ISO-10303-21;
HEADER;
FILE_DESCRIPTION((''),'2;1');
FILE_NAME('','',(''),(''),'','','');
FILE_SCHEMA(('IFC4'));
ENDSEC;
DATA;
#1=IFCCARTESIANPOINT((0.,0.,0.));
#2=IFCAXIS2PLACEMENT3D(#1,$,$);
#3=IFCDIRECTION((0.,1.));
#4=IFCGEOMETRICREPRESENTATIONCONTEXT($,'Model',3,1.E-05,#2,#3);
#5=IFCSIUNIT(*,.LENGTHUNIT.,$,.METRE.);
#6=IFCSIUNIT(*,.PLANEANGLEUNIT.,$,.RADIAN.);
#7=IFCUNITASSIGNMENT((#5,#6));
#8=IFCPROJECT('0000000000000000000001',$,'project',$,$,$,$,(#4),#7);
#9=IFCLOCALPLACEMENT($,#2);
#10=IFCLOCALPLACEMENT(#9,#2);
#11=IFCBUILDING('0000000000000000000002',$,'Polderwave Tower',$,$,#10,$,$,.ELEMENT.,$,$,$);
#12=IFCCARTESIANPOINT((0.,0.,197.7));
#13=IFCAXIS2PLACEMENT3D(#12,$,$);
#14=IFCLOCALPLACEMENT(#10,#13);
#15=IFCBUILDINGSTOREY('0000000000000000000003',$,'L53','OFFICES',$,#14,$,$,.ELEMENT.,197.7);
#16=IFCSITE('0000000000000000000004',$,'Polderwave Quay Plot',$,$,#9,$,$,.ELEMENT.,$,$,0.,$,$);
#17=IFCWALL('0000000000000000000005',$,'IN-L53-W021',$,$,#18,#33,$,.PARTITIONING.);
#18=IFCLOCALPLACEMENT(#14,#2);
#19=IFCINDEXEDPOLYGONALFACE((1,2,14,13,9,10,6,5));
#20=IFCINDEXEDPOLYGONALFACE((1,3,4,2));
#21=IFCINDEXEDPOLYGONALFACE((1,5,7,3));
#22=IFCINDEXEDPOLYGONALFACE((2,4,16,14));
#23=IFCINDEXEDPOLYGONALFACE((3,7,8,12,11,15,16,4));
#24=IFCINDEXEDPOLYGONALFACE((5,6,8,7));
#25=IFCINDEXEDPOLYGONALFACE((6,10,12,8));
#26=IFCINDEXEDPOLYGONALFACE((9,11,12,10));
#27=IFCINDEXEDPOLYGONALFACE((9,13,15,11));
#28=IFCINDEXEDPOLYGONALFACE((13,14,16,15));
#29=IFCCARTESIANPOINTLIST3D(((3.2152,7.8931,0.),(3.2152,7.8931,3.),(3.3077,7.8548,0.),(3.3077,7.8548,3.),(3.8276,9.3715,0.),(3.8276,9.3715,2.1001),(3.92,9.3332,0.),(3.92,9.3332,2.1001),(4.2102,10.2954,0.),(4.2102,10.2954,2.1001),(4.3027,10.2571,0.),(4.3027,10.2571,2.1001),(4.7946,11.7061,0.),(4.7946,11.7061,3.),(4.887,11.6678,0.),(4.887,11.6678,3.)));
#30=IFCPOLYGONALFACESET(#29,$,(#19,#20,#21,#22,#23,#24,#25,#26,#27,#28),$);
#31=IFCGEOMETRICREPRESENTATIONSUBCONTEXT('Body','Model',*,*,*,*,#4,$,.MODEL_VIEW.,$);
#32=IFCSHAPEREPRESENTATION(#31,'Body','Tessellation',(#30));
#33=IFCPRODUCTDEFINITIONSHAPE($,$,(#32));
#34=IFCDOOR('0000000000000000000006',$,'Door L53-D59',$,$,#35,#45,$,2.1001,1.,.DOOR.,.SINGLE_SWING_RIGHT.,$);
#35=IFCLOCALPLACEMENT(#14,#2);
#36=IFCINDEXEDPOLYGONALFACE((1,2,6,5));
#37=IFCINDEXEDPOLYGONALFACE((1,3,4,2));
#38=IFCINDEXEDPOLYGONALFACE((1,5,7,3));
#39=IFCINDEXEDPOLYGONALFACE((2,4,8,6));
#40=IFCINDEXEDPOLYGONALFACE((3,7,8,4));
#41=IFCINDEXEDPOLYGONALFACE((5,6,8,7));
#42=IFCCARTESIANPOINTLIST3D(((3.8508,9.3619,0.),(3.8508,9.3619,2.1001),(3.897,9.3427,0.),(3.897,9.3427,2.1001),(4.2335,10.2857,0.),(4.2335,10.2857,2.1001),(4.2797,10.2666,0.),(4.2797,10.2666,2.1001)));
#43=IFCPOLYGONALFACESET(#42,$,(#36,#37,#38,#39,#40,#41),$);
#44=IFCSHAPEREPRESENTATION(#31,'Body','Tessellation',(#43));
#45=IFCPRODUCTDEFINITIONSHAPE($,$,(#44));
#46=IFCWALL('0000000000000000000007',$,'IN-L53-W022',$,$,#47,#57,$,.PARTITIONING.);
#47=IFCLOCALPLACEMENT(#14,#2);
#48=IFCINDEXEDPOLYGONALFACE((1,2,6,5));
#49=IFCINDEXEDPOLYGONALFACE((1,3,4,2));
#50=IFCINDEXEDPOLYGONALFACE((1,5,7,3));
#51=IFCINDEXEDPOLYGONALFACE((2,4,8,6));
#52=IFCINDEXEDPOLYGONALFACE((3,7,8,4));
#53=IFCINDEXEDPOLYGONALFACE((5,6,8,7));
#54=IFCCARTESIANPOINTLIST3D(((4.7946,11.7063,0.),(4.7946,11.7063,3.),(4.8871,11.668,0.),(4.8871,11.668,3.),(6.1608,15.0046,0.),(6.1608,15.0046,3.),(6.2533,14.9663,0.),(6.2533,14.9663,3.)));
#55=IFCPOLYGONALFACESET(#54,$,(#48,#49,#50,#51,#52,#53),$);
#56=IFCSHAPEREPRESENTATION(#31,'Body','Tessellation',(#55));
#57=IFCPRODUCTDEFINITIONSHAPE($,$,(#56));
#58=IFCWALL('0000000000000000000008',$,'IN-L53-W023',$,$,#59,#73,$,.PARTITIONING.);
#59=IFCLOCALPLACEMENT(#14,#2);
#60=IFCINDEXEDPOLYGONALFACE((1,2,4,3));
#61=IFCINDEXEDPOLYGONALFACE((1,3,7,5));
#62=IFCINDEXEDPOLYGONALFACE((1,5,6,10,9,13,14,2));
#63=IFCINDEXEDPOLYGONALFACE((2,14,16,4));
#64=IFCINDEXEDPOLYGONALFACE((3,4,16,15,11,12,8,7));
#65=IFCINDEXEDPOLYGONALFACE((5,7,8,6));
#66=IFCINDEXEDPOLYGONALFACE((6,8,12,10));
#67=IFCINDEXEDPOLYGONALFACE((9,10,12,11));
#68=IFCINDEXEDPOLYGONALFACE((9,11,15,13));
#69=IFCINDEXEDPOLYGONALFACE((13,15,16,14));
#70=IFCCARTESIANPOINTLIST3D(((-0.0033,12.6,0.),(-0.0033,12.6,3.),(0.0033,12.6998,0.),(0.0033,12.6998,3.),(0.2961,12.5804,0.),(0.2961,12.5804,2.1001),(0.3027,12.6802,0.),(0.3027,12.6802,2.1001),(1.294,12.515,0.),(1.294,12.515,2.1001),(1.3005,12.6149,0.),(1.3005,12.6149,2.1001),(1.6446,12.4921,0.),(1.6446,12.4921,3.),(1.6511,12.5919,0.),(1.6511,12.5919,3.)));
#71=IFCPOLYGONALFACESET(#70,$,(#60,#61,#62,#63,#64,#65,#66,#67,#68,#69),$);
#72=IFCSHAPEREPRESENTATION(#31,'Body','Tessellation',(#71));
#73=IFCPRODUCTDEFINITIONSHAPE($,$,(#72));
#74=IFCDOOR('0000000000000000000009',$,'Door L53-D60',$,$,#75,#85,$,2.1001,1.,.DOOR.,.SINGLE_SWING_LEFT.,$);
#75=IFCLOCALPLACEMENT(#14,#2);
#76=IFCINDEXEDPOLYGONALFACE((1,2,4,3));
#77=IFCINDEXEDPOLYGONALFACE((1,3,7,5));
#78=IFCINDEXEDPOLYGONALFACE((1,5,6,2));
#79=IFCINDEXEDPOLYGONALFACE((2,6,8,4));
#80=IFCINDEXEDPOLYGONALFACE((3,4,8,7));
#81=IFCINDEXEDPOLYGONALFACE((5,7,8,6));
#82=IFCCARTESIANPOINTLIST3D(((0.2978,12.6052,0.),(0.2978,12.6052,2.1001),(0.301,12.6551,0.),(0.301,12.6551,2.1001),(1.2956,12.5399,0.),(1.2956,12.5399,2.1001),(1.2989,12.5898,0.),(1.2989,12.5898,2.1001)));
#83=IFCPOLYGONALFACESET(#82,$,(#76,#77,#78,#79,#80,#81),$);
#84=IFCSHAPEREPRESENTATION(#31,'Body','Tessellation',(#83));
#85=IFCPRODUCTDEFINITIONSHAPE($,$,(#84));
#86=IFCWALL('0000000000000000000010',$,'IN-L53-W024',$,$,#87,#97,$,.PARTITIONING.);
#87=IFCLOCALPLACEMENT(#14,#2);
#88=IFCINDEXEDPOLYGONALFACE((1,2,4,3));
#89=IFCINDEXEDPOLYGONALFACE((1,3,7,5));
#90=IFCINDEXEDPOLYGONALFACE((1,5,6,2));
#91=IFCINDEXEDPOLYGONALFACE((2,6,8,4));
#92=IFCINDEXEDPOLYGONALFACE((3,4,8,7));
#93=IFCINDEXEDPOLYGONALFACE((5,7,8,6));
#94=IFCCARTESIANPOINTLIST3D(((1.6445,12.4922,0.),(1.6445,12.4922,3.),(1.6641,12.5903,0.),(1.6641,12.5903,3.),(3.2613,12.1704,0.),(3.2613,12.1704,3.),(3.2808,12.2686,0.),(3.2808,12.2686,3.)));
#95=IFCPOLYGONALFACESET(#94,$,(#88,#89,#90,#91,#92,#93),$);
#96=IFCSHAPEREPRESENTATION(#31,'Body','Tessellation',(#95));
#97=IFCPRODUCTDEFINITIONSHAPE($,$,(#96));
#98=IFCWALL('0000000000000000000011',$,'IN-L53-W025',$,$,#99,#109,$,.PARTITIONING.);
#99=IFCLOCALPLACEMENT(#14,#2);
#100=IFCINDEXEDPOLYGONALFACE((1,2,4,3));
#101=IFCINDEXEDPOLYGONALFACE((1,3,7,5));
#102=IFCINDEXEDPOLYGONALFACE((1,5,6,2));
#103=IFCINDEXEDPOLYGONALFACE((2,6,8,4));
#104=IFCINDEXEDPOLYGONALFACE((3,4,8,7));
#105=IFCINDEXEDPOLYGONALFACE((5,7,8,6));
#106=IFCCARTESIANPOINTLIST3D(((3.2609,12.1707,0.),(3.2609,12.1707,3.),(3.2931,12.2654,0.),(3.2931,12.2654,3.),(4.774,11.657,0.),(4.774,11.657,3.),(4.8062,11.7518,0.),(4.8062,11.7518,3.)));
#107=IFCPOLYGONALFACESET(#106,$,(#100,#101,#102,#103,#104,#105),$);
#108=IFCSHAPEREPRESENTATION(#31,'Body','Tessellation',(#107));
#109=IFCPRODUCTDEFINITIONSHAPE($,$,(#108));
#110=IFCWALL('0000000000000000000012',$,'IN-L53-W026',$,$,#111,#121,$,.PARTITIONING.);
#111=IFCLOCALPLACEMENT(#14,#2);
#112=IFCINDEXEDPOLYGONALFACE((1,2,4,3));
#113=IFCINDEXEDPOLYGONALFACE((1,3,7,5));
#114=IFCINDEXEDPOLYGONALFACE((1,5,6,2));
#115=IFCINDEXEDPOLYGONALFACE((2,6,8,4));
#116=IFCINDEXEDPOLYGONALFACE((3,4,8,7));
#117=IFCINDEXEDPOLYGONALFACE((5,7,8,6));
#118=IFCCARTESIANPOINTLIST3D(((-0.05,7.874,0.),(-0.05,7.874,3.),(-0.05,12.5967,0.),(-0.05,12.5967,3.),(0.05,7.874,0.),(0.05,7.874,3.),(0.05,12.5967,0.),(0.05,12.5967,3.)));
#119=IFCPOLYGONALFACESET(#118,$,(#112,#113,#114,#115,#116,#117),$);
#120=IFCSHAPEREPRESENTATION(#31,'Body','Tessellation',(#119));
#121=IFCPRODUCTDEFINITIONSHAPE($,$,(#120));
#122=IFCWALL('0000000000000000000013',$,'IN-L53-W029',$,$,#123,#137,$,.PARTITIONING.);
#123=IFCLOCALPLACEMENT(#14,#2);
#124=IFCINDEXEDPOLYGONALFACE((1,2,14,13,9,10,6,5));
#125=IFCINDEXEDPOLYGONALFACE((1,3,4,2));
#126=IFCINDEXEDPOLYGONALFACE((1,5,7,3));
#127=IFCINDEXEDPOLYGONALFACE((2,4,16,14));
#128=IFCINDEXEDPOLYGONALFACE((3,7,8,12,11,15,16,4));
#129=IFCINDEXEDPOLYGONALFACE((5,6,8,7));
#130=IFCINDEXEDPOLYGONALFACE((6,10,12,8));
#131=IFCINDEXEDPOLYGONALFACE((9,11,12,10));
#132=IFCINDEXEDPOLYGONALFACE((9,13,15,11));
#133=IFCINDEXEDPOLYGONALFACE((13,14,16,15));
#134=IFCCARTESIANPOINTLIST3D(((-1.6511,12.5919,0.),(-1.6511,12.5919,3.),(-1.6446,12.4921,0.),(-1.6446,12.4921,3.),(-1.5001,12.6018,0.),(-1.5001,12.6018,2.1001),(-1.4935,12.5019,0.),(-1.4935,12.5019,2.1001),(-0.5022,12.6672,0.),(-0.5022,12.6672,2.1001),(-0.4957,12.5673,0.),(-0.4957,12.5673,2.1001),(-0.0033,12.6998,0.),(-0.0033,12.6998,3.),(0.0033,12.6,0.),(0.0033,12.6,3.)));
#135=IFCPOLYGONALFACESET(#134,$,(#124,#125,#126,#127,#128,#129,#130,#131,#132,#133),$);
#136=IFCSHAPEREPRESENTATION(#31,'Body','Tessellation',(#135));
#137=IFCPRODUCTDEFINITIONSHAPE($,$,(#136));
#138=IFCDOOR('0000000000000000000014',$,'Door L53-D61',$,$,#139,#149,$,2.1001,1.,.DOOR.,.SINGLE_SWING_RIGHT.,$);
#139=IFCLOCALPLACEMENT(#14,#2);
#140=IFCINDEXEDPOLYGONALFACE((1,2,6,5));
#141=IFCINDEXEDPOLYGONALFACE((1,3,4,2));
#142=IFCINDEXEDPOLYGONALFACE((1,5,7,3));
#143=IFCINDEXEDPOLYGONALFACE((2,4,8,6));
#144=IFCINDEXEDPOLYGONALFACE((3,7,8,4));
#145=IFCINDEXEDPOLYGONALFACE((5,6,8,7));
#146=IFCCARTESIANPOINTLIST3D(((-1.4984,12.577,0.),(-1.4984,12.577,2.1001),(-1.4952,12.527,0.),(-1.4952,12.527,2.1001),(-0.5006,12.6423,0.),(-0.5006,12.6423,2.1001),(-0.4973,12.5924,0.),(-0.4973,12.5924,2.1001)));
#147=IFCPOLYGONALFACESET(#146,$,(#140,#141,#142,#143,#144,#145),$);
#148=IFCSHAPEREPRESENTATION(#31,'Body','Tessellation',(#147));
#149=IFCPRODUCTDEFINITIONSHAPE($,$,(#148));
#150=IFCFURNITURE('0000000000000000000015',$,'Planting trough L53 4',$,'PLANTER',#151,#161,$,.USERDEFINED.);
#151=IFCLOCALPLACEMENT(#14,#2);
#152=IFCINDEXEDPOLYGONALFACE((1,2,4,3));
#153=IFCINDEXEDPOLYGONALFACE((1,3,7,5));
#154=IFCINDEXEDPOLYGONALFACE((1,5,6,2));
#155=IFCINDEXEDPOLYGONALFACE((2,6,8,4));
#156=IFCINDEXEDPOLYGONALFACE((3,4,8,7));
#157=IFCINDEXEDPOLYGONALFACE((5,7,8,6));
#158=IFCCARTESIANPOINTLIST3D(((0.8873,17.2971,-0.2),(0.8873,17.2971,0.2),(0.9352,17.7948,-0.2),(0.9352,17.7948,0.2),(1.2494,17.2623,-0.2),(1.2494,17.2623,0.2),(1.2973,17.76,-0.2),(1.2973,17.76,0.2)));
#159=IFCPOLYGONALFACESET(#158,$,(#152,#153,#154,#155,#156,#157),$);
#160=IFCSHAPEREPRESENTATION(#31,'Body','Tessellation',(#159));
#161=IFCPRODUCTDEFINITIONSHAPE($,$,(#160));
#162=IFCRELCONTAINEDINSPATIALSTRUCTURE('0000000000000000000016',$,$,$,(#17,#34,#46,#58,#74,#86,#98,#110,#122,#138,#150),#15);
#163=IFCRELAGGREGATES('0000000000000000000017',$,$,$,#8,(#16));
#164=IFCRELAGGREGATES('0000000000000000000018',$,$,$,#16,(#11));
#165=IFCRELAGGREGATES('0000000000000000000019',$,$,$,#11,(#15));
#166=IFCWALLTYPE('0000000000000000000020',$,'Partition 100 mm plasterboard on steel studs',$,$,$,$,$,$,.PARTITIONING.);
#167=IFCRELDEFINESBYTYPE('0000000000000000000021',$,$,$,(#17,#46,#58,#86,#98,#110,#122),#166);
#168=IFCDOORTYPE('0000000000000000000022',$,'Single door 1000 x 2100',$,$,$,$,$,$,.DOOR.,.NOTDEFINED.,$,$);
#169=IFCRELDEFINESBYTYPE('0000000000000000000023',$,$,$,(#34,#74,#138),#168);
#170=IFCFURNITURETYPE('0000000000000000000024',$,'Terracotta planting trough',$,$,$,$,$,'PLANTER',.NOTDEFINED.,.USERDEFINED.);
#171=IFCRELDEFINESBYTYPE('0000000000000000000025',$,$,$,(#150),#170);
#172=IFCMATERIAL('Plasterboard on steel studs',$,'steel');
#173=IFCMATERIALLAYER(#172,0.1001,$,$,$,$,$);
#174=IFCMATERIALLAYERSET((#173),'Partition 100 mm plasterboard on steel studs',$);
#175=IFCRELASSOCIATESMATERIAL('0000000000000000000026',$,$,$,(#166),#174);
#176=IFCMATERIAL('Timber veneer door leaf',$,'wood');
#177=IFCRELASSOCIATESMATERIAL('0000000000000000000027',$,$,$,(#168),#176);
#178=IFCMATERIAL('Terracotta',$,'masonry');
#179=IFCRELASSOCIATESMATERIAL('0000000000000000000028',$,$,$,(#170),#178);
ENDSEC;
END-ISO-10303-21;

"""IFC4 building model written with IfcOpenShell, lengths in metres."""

from ifc_helpers import new_model, si_unit, direction, frame, frame_2d, origin, origin_2d, place, context, subcontext, project, spatial, rectangle, extrude, material, layer, layer_set, type_object, element, fill, save


model = new_model("IFC4")

# Units and contexts
model_context = context("Model", 3, precision=1e-05, world=origin(), true_north=direction((0.0, 1.0)))
body_context = subcontext(model_context, "Body", "Model", "MODEL_VIEW")
ifc_project = project(units=[si_unit("LENGTHUNIT", "METRE"), si_unit("PLANEANGLEUNIT", "RADIAN")], contexts=[model_context])

# Site, building, storey
site_placement = place(None, origin())
site = spatial("IfcSite", under=ifc_project, at=site_placement, Name="Polderwave Quay Plot", CompositionType="ELEMENT", RefElevation=0.0)
building_placement = place(site_placement, origin())
building = spatial("IfcBuilding", under=site, at=building_placement, Name="Polderwave Tower", CompositionType="ELEMENT")
storey_placement = place(building_placement, frame((0.0, 0.0, 197.7)))
storey = spatial("IfcBuildingStorey", under=building, at=storey_placement, Name="L53", Description="OFFICES", CompositionType="ELEMENT", Elevation=197.7)

# Wall, opening, door
ifc_material_1 = material(Name="Plasterboard on steel studs", Category="steel")
ifc_layer_1 = layer(ifc_material_1, 0.1001)
ifc_layer_set_1 = layer_set([ifc_layer_1], Name="Partition 100 mm plasterboard on steel studs")
wall_type_1 = type_object("IfcWallType", Name="Partition 100 mm plasterboard on steel studs", PredefinedType="PARTITIONING", material=ifc_layer_set_1)
wall_1_placement = place(storey_placement, frame((3.2615, 7.874, 0.0), z_axis=(0.0, 0.0, 1.0), x_axis=(0.382674, 0.923883, 0.0)))
wall_1 = element("IfcWall", 1, at=wall_1_placement, inside=storey, type_object=wall_type_1, Name="IN-L53-W021", PredefinedType="PARTITIONING", context=body_context, shape_type="SweptSolid", body=[
    extrude(rectangle(XDim=4.1272, YDim=0.1001, at=frame_2d((2.0635, 0.0))), origin(), (0.0, 0.0, 1.0), 3.0),
])
opening_1_placement = place(wall_1_placement, frame((1.6001, 0.0, 0.0)))
opening_1 = element("IfcOpeningElement", 2, at=opening_1_placement, cuts=wall_1, PredefinedType="OPENING", context=body_context, shape_type="SweptSolid", body=[
    extrude(rectangle(XDim=1.0, YDim=2.1001, at=frame_2d((0.5, 1.05))), frame((0.0, 0.0601, 0.0), z_axis=(0.0, -1.0, 0.0), x_axis=(1.0, 0.0, 0.0)), (0.0, 0.0, 1.0), 0.1201),
])
ifc_material_2 = material(Name="Timber veneer door leaf", Category="wood")
door_type = type_object("IfcDoorType", Name="Single door 1000 x 2100", OperationType="NOTDEFINED", PredefinedType="DOOR", material=ifc_material_2)
door_1_placement = place(opening_1_placement, origin())
door_1 = element("IfcDoor", 3, at=door_1_placement, inside=storey, type_object=door_type, Name="Door L53-D59", OperationType="SINGLE_SWING_RIGHT", OverallHeight=2.1001, OverallWidth=1.0, PredefinedType="DOOR", context=body_context, shape_type="SweptSolid", body=[
    extrude(rectangle(XDim=1.0, YDim=2.1001, at=frame_2d((0.5, 1.05))), frame((0.0, 0.0249, 0.0), z_axis=(0.0, -1.0, 0.0), x_axis=(1.0, 0.0, 0.0)), (0.0, 0.0, 1.0), 0.05),
])
fill(opening_1, door_1)

# Wall
wall_2_placement = place(storey_placement, frame((4.8408, 11.687, 0.0), z_axis=(0.0, 0.0, 1.0), x_axis=(0.382682, 0.92388, 0.0)))
element("IfcWall", 4, at=wall_2_placement, inside=storey, type_object=wall_type_1, Name="IN-L53-W022", PredefinedType="PARTITIONING", context=body_context, shape_type="SweptSolid", body=[
    extrude(rectangle(XDim=3.5701, YDim=0.1001, at=frame_2d((1.7852, 0.0))), origin(), (0.0, 0.0, 1.0), 3.0),
])

# Wall, opening, door
wall_3_placement = place(storey_placement, frame((0.0, 12.6499, 0.0), z_axis=(0.0, 0.0, 1.0), x_axis=(0.997863, -0.065342, 0.0)))
wall_3 = element("IfcWall", 5, at=wall_3_placement, inside=storey, type_object=wall_type_1, Name="IN-L53-W023", PredefinedType="PARTITIONING", context=body_context, shape_type="SweptSolid", body=[
    extrude(rectangle(XDim=1.6514, YDim=0.1001, at=frame_2d((0.8257, 0.0))), origin(), (0.0, 0.0, 1.0), 3.0),
])
opening_2_placement = place(wall_3_placement, frame((0.3, 0.0, 0.0)))
opening_2 = element("IfcOpeningElement", 6, at=opening_2_placement, cuts=wall_3, PredefinedType="OPENING", context=body_context, shape_type="SweptSolid", body=[
    extrude(rectangle(XDim=1.0, YDim=2.1001, at=frame_2d((0.5, 1.05))), frame((0.0, 0.0601, 0.0), z_axis=(0.0, -1.0, 0.0), x_axis=(1.0, 0.0, 0.0)), (0.0, 0.0, 1.0), 0.1201),
])
door_2_placement = place(opening_2_placement, origin())
door_2 = element("IfcDoor", 7, at=door_2_placement, inside=storey, type_object=door_type, Name="Door L53-D60", OperationType="SINGLE_SWING_LEFT", OverallHeight=2.1001, OverallWidth=1.0, PredefinedType="DOOR", context=body_context, shape_type="SweptSolid", body=[
    extrude(rectangle(XDim=1.0, YDim=2.1001, at=frame_2d((0.5, 1.05))), frame((0.0, 0.0249, 0.0), z_axis=(0.0, -1.0, 0.0), x_axis=(1.0, 0.0, 0.0)), (0.0, 0.0, 1.0), 0.05),
])
fill(opening_2, door_2)

# Walls
wall_4_placement = place(storey_placement, frame((1.6543, 12.5413, 0.0), z_axis=(0.0, 0.0, 1.0), x_axis=(0.980763, -0.195205, 0.0)))
element("IfcWall", 8, at=wall_4_placement, inside=storey, type_object=wall_type_1, Name="IN-L53-W024", PredefinedType="PARTITIONING", context=body_context, shape_type="SweptSolid", body=[
    extrude(rectangle(XDim=1.6484, YDim=0.1001, at=frame_2d((0.8242, 0.0))), origin(), (0.0, 0.0, 1.0), 3.0),
])
wall_5_placement = place(storey_placement, frame((3.2771, 12.218, 0.0), z_axis=(0.0, 0.0, 1.0), x_axis=(0.946927, -0.321448, 0.0)))
element("IfcWall", 9, at=wall_5_placement, inside=storey, type_object=wall_type_1, Name="IN-L53-W025", PredefinedType="PARTITIONING", context=body_context, shape_type="SweptSolid", body=[
    extrude(rectangle(XDim=1.5979, YDim=0.1001, at=frame_2d((0.7988, 0.0))), origin(), (0.0, 0.0, 1.0), 3.0),
])
wall_6_placement = place(storey_placement, frame((0.0, 7.874, 0.0), z_axis=(0.0, 0.0, 1.0), x_axis=(0.0, 1.0, 0.0)))
element("IfcWall", 10, at=wall_6_placement, inside=storey, type_object=wall_type_1, Name="IN-L53-W026", PredefinedType="PARTITIONING", context=body_context, shape_type="SweptSolid", body=[
    extrude(rectangle(XDim=4.7227, YDim=0.1001, at=frame_2d((2.3613, 0.0))), origin(), (0.0, 0.0, 1.0), 3.0),
])

# Wall, opening, door
wall_7_placement = place(storey_placement, frame((0.0, 12.6499, 0.0), z_axis=(0.0, 0.0, 1.0), x_axis=(-0.997863, -0.065342, 0.0)))
wall_7 = element("IfcWall", 11, at=wall_7_placement, inside=storey, type_object=wall_type_1, Name="IN-L53-W029", PredefinedType="PARTITIONING", context=body_context, shape_type="SweptSolid", body=[
    extrude(rectangle(XDim=1.6514, YDim=0.1001, at=frame_2d((0.8257, 0.0))), origin(), (0.0, 0.0, 1.0), 3.0),
])
opening_3_placement = place(wall_7_placement, frame((0.5, 0.0, 0.0)))
opening_3 = element("IfcOpeningElement", 12, at=opening_3_placement, cuts=wall_7, PredefinedType="OPENING", context=body_context, shape_type="SweptSolid", body=[
    extrude(rectangle(XDim=1.0, YDim=2.1001, at=frame_2d((0.5, 1.05))), frame((0.0, 0.0601, 0.0), z_axis=(0.0, -1.0, 0.0), x_axis=(1.0, 0.0, 0.0)), (0.0, 0.0, 1.0), 0.1201),
])
door_3_placement = place(opening_3_placement, origin())
door_3 = element("IfcDoor", 13, at=door_3_placement, inside=storey, type_object=door_type, Name="Door L53-D61", OperationType="SINGLE_SWING_RIGHT", OverallHeight=2.1001, OverallWidth=1.0, PredefinedType="DOOR", context=body_context, shape_type="SweptSolid", body=[
    extrude(rectangle(XDim=1.0, YDim=2.1001, at=frame_2d((0.5, 1.05))), frame((0.0, 0.0249, 0.0), z_axis=(0.0, -1.0, 0.0), x_axis=(1.0, 0.0, 0.0)), (0.0, 0.0, 1.0), 0.05),
])
fill(opening_3, door_3)

# Furniture
ifc_material_3 = material(Name="Terracotta", Category="masonry")
furniture_type = type_object("IfcFurnitureType", Name="Terracotta planting trough", ElementType="PLANTER", AssemblyPlace="NOTDEFINED", PredefinedType="USERDEFINED", material=ifc_material_3)
furniture_placement = place(storey_placement, frame((1.0923, 17.5286, -0.2), z_axis=(0.0, 0.0, 1.0), x_axis=(-0.995399, 0.095821, 0.0)))
element("IfcFurniture", 14, at=furniture_placement, inside=storey, type_object=furniture_type, Name="Planting trough L53 4", ObjectType="PLANTER", PredefinedType="USERDEFINED", context=body_context, shape_type="SweptSolid", body=[
    extrude(rectangle(XDim=0.3638, YDim=0.5, at=origin_2d()), origin(), (0.0, 0.0, 1.0), 0.3999),
])

save(model, "model.ifc")
